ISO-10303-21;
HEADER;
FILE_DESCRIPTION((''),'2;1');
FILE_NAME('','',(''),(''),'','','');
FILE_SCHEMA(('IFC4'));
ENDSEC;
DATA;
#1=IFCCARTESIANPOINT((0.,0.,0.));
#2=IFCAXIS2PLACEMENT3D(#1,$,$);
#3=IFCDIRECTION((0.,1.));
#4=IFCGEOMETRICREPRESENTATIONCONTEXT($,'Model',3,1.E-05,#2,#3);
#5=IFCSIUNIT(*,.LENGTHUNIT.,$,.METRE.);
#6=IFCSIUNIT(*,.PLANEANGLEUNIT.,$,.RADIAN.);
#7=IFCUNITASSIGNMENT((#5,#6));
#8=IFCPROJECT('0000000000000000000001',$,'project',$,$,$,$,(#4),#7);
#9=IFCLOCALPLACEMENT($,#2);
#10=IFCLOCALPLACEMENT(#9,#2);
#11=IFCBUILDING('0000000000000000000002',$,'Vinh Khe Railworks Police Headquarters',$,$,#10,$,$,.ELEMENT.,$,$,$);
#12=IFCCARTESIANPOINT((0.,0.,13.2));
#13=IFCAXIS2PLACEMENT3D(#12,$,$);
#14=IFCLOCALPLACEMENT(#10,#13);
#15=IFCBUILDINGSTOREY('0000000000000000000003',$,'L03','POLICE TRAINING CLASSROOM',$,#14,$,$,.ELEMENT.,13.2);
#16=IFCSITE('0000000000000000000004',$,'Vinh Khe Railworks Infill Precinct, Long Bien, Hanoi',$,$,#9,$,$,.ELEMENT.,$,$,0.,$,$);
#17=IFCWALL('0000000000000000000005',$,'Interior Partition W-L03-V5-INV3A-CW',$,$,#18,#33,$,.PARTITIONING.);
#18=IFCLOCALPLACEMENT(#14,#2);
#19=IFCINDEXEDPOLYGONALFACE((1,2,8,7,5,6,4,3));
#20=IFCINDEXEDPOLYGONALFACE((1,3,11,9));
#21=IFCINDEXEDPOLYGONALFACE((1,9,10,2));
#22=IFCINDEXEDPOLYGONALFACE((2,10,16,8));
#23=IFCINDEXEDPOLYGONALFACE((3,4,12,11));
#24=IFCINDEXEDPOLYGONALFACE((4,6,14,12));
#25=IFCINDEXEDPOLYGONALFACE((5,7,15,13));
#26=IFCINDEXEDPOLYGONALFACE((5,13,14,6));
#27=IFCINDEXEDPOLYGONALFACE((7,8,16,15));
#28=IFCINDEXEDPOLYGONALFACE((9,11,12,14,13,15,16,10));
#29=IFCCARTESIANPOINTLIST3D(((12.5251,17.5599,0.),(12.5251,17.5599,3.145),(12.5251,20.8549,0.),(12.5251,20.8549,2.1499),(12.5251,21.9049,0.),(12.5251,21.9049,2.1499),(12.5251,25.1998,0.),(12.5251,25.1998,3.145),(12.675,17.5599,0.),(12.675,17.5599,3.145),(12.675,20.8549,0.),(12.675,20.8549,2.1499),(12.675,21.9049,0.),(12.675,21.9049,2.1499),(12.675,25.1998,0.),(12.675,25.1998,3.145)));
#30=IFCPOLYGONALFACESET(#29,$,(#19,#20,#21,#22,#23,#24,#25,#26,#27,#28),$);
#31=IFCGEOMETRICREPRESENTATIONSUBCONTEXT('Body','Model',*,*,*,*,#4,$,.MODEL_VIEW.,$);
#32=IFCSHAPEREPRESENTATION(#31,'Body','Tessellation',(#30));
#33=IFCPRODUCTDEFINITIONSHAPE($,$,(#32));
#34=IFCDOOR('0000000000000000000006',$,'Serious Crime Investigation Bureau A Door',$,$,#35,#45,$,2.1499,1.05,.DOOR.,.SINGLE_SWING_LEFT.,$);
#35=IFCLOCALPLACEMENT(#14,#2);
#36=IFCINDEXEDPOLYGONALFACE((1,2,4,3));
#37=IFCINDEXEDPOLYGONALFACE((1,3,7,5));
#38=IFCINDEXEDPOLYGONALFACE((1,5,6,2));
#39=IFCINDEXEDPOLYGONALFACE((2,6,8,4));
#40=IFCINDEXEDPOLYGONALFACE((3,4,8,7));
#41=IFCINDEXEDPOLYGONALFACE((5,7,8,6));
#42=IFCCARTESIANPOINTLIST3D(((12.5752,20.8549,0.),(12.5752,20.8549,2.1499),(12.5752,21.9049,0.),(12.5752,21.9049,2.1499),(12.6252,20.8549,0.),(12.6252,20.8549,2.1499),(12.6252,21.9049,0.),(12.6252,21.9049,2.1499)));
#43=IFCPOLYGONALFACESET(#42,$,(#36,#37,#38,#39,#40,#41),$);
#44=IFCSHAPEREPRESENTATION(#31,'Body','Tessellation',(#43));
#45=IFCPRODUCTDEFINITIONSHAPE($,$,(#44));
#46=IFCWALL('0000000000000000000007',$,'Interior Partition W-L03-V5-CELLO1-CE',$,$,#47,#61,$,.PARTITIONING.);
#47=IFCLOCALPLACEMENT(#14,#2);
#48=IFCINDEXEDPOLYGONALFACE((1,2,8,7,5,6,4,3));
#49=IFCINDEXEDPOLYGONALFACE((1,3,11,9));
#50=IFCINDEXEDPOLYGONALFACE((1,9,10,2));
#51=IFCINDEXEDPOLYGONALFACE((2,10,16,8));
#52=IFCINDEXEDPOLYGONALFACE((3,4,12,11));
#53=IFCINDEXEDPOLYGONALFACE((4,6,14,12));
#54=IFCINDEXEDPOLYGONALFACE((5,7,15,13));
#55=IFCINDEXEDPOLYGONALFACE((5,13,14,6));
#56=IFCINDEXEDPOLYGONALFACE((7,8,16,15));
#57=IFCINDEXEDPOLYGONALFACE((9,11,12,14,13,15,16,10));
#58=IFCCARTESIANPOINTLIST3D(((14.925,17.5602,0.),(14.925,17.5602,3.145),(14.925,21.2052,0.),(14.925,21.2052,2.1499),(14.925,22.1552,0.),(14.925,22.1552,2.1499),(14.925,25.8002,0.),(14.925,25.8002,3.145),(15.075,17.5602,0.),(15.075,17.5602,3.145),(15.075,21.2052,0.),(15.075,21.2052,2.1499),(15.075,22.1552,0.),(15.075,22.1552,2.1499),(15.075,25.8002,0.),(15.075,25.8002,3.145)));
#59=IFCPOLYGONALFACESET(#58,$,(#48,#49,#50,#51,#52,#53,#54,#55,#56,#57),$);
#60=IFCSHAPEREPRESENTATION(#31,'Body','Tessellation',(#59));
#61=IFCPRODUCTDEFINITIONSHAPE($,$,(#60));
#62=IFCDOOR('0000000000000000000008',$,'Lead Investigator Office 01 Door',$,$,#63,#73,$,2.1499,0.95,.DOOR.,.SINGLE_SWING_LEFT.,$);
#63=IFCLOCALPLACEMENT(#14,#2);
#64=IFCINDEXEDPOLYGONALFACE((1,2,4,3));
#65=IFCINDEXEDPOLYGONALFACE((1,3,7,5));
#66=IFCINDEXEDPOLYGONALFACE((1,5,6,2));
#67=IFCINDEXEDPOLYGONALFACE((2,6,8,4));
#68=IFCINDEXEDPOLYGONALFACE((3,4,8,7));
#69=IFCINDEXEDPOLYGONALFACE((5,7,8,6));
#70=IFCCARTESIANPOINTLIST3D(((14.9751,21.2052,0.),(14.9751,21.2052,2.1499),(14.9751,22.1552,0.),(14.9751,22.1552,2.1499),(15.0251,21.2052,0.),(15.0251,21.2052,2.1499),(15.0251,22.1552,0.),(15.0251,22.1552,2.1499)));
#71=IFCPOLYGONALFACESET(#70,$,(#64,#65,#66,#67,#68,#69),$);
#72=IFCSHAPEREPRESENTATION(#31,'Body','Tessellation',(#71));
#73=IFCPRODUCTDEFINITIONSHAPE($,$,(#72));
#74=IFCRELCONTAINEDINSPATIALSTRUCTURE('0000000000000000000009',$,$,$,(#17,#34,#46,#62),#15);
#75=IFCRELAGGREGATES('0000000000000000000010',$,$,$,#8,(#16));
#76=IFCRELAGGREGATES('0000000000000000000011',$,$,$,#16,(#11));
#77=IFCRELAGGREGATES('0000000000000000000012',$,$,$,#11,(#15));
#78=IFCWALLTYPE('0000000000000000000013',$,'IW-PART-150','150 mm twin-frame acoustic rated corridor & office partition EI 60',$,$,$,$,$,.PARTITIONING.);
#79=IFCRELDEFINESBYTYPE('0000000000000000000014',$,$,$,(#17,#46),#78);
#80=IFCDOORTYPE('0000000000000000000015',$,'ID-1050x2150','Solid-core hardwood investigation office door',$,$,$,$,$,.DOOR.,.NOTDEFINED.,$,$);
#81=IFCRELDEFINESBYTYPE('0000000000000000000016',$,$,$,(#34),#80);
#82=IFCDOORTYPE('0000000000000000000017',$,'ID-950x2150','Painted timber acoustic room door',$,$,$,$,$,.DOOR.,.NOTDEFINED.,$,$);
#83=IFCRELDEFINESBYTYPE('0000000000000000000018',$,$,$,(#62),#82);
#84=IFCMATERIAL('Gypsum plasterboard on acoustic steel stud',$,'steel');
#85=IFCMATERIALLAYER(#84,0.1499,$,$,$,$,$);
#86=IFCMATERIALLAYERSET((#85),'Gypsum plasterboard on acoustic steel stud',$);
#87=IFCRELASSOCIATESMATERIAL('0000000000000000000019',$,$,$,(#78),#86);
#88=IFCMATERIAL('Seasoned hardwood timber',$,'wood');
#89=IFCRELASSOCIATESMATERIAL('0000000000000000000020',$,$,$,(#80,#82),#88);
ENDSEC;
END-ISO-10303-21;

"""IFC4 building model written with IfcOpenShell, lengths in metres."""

from ifc_helpers import new_model, si_unit, direction, frame, frame_2d, origin, place, context, subcontext, project, spatial, rectangle, extrude, material, layer, layer_set, type_object, element, fill, save


model = new_model("IFC4")

# Units and contexts
model_context = context("Model", 3, precision=1e-05, world=origin(), true_north=direction((0.0, 1.0)))
body_context = subcontext(model_context, "Body", "Model", "MODEL_VIEW")
ifc_project = project(units=[si_unit("LENGTHUNIT", "METRE"), si_unit("PLANEANGLEUNIT", "RADIAN")], contexts=[model_context])

# Site, building, storey
site_placement = place(None, origin())
site = spatial("IfcSite", under=ifc_project, at=site_placement, Name="Vinh Khe Railworks Infill Precinct, Long Bien, Hanoi", CompositionType="ELEMENT", RefElevation=0.0)
building_placement = place(site_placement, origin())
building = spatial("IfcBuilding", under=site, at=building_placement, Name="Vinh Khe Railworks Police Headquarters", CompositionType="ELEMENT")
storey_placement = place(building_placement, frame((0.0, 0.0, 13.2)))
storey = spatial("IfcBuildingStorey", under=building, at=storey_placement, Name="L03", Description="POLICE TRAINING CLASSROOM", CompositionType="ELEMENT", Elevation=13.2)

# Walls, openings, doors
ifc_material_1 = material(Name="Gypsum plasterboard on acoustic steel stud", Category="steel")
ifc_layer_1 = layer(ifc_material_1, 0.1499)
ifc_layer_set_1 = layer_set([ifc_layer_1], Name="Gypsum plasterboard on acoustic steel stud")
wall_type_1 = type_object("IfcWallType", Name="IW-PART-150", Description="150 mm twin-frame acoustic rated corridor & office partition EI 60", PredefinedType="PARTITIONING", material=ifc_layer_set_1)
wall_1_placement = place(storey_placement, frame((12.6001, 17.5601, 0.0), z_axis=(0.0, 0.0, 1.0), x_axis=(0.0, 1.0, 0.0)))
wall_1 = element("IfcWall", 1, at=wall_1_placement, inside=storey, type_object=wall_type_1, Name="Interior Partition W-L03-V5-INV3A-CW", PredefinedType="PARTITIONING", context=body_context, shape_type="SweptSolid", body=[
    extrude(rectangle(XDim=7.6399, YDim=0.1499, at=frame_2d((3.8198, 0.0))), origin(), (0.0, 0.0, 1.0), 3.145),
])
opening_1_placement = place(wall_1_placement, frame((3.2949, 0.0, 0.0)))
opening_1 = element("IfcOpeningElement", 2, at=opening_1_placement, cuts=wall_1, PredefinedType="OPENING", context=body_context, shape_type="SweptSolid", body=[
    extrude(rectangle(XDim=1.05, YDim=2.1499, at=frame_2d((0.5249, 1.075))), frame((0.0, 0.0898, 0.0), z_axis=(0.0, -1.0, 0.0), x_axis=(1.0, 0.0, 0.0)), (0.0, 0.0, 1.0), 0.1797),
])
ifc_material_2 = material(Name="Seasoned hardwood timber", Category="wood")
door_type_1 = type_object("IfcDoorType", Name="ID-1050x2150", Description="Solid-core hardwood investigation office door", OperationType="NOTDEFINED", PredefinedType="DOOR", material=ifc_material_2)
door_1_placement = place(opening_1_placement, origin())
door_1 = element("IfcDoor", 3, at=door_1_placement, inside=storey, type_object=door_type_1, Name="Serious Crime Investigation Bureau A Door", OperationType="SINGLE_SWING_LEFT", OverallHeight=2.1499, OverallWidth=1.05, PredefinedType="DOOR", context=body_context, shape_type="SweptSolid", body=[
    extrude(rectangle(XDim=1.05, YDim=2.1499, at=frame_2d((0.5249, 1.075))), frame((0.0, 0.0249, 0.0), z_axis=(0.0, -1.0, 0.0), x_axis=(1.0, 0.0, 0.0)), (0.0, 0.0, 1.0), 0.05),
])
fill(opening_1, door_1)
wall_2_placement = place(storey_placement, frame((15.0, 17.5601, 0.0), z_axis=(0.0, 0.0, 1.0), x_axis=(0.0, 1.0, 0.0)))
wall_2 = element("IfcWall", 4, at=wall_2_placement, inside=storey, type_object=wall_type_1, Name="Interior Partition W-L03-V5-CELLO1-CE", PredefinedType="PARTITIONING", context=body_context, shape_type="SweptSolid", body=[
    extrude(rectangle(XDim=8.24, YDim=0.1499, at=frame_2d((4.1201, 0.0))), origin(), (0.0, 0.0, 1.0), 3.145),
])
opening_2_placement = place(wall_2_placement, frame((3.645, 0.0, 0.0)))
opening_2 = element("IfcOpeningElement", 5, at=opening_2_placement, cuts=wall_2, PredefinedType="OPENING", context=body_context, shape_type="SweptSolid", body=[
    extrude(rectangle(XDim=0.95, YDim=2.1499, at=frame_2d((0.4751, 1.075))), frame((0.0, 0.0898, 0.0), z_axis=(0.0, -1.0, 0.0), x_axis=(1.0, 0.0, 0.0)), (0.0, 0.0, 1.0), 0.1797),
])
door_type_2 = type_object("IfcDoorType", Name="ID-950x2150", Description="Painted timber acoustic room door", OperationType="NOTDEFINED", PredefinedType="DOOR", material=ifc_material_2)
door_2_placement = place(opening_2_placement, origin())
door_2 = element("IfcDoor", 6, at=door_2_placement, inside=storey, type_object=door_type_2, Name="Lead Investigator Office 01 Door", OperationType="SINGLE_SWING_LEFT", OverallHeight=2.1499, OverallWidth=0.95, PredefinedType="DOOR", context=body_context, shape_type="SweptSolid", body=[
    extrude(rectangle(XDim=0.95, YDim=2.1499, at=frame_2d((0.4751, 1.075))), frame((0.0, 0.0249, 0.0), z_axis=(0.0, -1.0, 0.0), x_axis=(1.0, 0.0, 0.0)), (0.0, 0.0, 1.0), 0.05),
])
fill(opening_2, door_2)

save(model, "model.ifc")
